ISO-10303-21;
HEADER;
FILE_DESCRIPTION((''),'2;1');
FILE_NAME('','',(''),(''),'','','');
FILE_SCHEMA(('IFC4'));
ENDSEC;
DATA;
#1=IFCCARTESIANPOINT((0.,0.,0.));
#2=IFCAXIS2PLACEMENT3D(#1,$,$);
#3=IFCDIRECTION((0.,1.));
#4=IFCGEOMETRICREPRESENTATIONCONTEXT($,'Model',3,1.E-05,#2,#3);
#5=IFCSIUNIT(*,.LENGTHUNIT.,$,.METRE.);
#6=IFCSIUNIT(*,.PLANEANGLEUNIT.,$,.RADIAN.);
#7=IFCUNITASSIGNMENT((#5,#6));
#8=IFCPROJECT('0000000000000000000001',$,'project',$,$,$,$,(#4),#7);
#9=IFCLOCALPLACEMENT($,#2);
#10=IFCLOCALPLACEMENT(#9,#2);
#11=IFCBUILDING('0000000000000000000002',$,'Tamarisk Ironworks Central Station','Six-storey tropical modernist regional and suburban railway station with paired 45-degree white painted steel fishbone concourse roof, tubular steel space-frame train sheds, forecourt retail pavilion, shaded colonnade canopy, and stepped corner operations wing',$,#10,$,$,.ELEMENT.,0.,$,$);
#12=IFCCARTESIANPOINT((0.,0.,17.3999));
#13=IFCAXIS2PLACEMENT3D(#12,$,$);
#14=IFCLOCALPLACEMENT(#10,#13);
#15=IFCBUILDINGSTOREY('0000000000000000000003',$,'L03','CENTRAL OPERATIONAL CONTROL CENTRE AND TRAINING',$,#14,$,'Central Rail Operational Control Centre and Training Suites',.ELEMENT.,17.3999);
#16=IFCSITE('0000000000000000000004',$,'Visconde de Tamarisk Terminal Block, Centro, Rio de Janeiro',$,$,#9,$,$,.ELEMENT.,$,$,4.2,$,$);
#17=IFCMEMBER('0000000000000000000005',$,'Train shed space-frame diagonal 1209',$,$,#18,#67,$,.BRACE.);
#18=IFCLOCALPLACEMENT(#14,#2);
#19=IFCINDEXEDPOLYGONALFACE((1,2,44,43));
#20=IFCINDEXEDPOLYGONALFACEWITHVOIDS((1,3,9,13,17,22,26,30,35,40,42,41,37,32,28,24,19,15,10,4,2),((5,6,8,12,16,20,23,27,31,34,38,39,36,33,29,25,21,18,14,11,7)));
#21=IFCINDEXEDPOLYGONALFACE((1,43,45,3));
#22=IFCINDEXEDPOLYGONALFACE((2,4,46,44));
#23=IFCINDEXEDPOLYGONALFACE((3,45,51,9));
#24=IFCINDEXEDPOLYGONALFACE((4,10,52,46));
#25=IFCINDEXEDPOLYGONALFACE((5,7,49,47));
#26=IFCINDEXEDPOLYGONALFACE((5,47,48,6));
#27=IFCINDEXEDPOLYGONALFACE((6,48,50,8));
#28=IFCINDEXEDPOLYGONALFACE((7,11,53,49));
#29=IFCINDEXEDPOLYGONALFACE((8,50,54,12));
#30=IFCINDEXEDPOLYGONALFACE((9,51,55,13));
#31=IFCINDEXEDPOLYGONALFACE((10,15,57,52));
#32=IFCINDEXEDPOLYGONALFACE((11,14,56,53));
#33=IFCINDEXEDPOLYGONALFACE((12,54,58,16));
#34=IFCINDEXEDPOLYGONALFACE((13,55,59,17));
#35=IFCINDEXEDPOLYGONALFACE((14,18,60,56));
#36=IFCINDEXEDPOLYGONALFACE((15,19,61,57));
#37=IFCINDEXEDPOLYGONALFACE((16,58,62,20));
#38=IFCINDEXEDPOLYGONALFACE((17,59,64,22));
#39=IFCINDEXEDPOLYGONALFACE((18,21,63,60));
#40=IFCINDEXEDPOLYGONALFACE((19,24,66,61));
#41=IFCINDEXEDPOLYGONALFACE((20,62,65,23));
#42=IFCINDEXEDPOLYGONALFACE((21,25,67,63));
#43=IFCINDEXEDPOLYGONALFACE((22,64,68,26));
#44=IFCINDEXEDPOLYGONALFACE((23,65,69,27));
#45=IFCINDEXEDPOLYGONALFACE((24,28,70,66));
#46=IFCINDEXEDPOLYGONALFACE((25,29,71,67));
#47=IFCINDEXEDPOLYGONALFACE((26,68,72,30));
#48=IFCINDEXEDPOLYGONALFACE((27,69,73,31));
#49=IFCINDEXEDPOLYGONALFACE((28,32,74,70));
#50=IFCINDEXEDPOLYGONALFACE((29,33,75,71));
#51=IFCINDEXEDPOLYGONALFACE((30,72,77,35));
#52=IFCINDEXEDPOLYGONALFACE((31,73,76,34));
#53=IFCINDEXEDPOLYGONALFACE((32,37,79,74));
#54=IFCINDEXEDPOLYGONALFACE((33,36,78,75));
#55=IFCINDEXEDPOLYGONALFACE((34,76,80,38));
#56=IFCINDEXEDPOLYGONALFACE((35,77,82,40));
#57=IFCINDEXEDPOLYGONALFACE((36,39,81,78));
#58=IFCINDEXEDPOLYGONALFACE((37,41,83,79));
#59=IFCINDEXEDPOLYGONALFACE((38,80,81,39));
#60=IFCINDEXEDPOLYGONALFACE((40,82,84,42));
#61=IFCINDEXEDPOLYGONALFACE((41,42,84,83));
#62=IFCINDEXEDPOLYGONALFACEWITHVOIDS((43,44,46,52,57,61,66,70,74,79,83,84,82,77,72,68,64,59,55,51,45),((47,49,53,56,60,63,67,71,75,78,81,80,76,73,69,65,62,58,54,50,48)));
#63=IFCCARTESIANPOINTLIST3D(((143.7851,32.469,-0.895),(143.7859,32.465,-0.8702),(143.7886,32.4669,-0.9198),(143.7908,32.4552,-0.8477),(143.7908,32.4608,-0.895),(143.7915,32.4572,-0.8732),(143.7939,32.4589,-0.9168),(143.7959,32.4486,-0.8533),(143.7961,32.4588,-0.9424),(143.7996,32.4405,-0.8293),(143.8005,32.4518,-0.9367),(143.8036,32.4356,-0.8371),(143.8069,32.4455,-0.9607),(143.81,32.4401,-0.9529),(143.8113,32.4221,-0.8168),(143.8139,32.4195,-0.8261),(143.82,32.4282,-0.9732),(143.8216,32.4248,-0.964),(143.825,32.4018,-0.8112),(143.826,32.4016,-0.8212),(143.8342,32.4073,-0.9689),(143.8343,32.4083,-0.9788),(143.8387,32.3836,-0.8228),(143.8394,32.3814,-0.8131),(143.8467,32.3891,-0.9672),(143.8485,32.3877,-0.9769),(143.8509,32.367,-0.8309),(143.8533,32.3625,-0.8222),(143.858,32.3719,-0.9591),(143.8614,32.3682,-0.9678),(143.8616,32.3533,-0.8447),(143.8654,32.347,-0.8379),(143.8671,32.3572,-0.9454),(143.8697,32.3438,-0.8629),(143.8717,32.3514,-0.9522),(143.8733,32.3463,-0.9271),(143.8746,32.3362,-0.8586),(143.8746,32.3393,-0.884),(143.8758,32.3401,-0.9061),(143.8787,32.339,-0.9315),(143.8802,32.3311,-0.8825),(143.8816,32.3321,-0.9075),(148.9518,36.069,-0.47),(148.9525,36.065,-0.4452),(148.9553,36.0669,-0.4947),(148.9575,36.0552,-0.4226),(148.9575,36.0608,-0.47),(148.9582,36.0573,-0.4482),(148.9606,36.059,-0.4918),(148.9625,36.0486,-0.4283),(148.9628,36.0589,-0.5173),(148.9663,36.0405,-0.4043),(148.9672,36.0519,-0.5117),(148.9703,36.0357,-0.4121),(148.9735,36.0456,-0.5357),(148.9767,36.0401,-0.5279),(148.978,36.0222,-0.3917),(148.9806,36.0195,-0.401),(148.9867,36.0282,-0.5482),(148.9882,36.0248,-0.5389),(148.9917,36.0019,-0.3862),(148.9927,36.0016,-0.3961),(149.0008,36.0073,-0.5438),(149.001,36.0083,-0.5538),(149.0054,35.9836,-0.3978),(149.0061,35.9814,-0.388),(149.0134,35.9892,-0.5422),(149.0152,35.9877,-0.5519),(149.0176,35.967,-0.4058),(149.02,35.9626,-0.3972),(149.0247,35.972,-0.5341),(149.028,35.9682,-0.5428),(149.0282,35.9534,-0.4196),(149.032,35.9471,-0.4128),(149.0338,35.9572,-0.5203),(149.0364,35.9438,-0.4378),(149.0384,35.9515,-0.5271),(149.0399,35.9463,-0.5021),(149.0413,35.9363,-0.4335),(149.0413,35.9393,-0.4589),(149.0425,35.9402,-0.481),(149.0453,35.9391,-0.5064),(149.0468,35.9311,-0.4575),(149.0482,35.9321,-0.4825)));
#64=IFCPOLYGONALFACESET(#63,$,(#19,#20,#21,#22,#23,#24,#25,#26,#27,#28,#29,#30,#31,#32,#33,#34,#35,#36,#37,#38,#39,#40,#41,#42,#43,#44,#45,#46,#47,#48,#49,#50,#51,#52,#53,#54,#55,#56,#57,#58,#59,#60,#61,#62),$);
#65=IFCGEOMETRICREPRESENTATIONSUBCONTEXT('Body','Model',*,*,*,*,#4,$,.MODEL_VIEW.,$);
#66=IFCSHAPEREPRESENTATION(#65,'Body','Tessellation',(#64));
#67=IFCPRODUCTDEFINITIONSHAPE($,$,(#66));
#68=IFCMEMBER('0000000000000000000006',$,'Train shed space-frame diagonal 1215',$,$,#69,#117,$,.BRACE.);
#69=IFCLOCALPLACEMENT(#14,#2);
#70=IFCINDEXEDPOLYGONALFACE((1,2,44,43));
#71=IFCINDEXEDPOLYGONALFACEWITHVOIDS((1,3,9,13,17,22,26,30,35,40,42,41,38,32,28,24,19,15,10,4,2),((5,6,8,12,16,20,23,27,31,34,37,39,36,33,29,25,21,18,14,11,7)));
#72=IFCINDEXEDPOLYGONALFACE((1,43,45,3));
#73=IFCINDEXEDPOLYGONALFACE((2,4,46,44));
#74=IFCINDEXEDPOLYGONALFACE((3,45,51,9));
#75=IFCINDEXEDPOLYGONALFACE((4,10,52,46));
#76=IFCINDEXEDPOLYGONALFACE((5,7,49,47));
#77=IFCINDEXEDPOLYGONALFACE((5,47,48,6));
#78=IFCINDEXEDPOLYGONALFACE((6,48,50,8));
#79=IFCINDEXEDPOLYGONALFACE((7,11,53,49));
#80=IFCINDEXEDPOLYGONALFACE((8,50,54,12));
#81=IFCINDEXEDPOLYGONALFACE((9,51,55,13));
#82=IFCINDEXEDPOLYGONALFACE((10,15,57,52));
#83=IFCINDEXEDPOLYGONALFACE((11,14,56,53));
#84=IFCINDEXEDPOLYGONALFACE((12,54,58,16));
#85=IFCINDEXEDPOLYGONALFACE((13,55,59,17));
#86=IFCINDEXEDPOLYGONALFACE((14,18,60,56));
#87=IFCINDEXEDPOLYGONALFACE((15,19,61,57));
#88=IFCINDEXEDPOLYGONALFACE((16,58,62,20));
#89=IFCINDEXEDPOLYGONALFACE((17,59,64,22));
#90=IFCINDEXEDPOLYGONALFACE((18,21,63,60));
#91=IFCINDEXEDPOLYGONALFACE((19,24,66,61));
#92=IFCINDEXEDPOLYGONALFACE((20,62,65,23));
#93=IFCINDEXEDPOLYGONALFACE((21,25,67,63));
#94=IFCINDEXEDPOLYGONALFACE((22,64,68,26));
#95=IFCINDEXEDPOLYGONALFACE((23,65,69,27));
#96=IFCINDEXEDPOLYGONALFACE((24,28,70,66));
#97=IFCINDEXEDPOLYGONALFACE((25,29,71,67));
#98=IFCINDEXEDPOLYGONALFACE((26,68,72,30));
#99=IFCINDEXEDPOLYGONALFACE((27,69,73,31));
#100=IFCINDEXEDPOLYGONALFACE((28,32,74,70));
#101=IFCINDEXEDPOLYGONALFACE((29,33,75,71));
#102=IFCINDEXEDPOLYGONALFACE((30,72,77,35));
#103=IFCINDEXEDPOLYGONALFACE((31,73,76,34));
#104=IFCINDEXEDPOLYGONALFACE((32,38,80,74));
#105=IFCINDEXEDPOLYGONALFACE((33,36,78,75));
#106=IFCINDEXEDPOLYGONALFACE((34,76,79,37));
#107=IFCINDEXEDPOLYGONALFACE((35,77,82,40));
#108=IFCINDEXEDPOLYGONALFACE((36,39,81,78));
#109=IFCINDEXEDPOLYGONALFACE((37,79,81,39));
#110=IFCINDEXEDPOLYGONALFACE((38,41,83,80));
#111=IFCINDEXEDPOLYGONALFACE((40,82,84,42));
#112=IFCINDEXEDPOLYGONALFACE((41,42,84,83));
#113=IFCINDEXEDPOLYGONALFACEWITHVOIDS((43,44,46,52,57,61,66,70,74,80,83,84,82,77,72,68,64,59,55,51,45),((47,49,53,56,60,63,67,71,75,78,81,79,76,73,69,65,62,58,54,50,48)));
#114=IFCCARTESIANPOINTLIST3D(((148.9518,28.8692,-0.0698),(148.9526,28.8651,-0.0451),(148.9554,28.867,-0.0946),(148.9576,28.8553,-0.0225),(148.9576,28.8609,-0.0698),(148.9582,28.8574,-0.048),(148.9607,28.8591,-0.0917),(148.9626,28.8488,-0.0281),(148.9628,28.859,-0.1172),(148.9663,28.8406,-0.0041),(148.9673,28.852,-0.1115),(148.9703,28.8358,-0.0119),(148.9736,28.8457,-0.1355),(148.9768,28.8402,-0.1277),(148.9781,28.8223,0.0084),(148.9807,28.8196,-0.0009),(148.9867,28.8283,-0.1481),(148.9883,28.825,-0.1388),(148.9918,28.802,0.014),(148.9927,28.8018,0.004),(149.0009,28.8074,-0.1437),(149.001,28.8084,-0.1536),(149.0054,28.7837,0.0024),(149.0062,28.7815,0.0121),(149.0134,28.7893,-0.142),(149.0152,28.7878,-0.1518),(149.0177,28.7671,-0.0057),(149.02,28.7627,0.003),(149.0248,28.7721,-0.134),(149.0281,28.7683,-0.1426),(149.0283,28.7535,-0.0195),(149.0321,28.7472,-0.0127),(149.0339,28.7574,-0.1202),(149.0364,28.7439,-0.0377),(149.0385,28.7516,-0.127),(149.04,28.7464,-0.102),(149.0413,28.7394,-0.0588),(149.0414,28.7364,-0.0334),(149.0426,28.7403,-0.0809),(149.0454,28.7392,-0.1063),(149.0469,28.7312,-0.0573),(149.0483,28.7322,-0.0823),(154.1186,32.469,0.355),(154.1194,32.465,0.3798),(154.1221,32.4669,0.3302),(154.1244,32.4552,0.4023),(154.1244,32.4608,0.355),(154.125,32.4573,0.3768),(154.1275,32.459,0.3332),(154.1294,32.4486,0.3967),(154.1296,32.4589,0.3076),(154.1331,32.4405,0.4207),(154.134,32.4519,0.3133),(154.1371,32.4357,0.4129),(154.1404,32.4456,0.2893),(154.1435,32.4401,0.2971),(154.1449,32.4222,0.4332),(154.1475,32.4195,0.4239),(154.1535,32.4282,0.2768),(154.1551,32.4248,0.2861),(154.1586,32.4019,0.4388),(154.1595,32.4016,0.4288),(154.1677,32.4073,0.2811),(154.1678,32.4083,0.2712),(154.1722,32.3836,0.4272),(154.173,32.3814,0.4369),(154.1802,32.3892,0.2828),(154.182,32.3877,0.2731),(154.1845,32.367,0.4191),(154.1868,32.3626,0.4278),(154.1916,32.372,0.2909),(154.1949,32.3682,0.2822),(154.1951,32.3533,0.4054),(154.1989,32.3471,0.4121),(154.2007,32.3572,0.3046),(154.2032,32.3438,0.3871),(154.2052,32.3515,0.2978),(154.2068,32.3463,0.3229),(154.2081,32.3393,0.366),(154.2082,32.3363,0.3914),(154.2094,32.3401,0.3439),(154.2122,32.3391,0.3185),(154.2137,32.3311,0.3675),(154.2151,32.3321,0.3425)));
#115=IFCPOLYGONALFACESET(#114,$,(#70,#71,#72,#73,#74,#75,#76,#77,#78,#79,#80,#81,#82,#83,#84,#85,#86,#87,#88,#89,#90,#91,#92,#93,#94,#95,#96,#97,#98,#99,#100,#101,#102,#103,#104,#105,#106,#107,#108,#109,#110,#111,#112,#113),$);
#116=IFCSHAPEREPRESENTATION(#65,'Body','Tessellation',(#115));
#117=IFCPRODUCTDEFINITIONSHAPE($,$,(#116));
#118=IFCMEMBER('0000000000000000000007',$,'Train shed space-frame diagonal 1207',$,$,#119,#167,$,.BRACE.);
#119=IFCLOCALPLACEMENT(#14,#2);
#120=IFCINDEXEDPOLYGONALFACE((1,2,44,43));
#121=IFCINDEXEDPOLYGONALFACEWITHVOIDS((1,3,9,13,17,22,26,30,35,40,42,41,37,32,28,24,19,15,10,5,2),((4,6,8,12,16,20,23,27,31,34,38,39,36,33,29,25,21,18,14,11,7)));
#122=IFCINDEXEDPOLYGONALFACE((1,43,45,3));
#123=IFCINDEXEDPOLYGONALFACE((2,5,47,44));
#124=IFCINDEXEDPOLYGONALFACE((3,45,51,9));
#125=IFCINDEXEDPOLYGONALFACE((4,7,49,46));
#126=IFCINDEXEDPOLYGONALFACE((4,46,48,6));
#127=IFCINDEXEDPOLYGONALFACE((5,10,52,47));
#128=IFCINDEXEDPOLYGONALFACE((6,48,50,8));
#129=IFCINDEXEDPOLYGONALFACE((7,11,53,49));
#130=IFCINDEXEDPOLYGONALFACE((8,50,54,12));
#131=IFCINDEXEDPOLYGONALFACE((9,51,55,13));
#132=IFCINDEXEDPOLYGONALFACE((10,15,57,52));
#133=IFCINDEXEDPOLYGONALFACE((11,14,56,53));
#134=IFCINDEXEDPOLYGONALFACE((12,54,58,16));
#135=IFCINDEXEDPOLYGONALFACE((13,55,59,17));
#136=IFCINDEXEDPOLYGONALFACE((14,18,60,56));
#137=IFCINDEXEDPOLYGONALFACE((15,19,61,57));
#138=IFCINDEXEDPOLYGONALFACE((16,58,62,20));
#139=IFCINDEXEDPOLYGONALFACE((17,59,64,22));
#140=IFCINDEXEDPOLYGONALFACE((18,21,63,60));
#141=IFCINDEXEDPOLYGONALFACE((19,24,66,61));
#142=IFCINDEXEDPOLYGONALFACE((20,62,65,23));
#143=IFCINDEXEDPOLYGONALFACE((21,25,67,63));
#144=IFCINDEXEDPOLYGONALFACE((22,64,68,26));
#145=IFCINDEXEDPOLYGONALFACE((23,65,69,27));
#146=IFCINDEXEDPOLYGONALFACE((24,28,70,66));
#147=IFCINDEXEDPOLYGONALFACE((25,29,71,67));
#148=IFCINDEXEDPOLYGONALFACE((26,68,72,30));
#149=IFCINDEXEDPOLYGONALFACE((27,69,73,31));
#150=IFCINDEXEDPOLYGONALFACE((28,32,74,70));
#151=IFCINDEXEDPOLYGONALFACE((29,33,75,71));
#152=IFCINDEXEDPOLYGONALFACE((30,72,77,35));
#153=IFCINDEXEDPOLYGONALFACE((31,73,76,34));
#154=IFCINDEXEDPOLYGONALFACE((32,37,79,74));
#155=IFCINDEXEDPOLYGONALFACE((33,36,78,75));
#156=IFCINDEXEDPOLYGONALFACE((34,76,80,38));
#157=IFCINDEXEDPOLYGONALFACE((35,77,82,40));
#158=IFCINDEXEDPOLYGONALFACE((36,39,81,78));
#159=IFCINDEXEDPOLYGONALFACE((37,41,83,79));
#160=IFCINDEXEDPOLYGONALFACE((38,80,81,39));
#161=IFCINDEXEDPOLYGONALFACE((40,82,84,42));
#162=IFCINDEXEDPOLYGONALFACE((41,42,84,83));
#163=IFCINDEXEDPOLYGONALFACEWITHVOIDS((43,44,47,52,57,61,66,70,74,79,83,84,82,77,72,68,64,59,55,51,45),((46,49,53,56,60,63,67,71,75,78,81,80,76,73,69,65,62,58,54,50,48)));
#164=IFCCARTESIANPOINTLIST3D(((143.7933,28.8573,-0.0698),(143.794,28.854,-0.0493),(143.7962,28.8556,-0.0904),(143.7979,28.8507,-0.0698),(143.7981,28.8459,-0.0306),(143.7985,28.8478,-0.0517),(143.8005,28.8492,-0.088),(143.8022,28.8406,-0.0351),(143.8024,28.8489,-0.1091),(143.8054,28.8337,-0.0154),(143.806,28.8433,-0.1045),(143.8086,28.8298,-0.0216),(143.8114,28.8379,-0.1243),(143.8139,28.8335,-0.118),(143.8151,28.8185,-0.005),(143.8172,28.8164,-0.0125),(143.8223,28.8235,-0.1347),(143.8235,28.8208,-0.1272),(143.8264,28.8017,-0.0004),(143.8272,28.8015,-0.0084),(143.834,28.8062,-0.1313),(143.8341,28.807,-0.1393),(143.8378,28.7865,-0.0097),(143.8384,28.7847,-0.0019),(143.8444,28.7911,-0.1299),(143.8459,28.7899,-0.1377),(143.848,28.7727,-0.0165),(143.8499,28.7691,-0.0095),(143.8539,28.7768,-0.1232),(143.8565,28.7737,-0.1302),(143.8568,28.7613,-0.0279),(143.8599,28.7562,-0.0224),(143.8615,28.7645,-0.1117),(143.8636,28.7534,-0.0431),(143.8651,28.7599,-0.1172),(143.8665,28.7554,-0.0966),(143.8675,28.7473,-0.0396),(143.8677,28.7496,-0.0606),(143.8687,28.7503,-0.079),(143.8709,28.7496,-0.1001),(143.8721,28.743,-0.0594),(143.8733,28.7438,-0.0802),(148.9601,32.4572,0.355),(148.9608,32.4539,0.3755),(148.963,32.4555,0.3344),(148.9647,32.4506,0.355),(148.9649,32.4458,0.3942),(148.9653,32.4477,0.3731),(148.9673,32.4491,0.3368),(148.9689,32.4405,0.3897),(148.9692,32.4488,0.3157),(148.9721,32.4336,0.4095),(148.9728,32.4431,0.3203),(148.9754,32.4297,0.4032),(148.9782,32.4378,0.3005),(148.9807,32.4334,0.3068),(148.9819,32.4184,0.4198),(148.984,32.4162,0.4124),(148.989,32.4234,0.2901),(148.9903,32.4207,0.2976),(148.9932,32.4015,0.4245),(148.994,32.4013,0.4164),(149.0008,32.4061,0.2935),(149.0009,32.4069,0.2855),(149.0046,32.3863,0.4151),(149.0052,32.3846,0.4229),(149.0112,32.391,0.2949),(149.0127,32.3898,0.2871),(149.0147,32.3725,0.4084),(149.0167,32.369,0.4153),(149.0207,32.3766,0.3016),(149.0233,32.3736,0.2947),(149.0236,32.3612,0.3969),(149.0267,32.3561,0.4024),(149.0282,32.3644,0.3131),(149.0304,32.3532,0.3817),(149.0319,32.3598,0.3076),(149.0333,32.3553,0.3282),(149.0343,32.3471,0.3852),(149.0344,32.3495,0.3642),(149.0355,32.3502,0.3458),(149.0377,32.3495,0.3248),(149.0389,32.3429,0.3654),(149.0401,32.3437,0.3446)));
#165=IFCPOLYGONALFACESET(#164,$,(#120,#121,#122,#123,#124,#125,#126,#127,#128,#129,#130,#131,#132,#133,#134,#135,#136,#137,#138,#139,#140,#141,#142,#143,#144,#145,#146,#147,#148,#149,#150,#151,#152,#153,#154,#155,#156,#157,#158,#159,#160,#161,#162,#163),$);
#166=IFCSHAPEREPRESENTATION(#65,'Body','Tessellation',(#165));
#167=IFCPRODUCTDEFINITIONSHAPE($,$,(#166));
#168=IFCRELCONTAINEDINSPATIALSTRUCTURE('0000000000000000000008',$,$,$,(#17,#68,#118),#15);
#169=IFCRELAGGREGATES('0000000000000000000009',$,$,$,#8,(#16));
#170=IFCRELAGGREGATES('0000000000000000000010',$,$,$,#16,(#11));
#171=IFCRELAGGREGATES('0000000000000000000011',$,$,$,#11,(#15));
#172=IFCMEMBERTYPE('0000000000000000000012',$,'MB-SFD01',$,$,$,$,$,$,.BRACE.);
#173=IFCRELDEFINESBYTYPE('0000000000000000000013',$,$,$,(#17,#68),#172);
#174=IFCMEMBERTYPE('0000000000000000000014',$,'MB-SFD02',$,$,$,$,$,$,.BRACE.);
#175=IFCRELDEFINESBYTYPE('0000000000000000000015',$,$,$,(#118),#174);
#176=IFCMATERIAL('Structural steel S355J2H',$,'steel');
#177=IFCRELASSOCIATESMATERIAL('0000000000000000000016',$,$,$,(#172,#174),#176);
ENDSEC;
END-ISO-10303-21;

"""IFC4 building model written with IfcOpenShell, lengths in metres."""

from ifc_helpers import new_model, si_unit, direction, frame, origin, origin_2d, place, context, subcontext, project, spatial, hollow_circle, extrude, material, material_profile, profile_set, type_object, element, save


model = new_model("IFC4")

# Units and contexts
model_context = context("Model", 3, precision=1e-05, world=origin(), true_north=direction((0.0, 1.0)))
body_context = subcontext(model_context, "Body", "Model", "MODEL_VIEW")
ifc_project = project(units=[si_unit("LENGTHUNIT", "METRE"), si_unit("PLANEANGLEUNIT", "RADIAN")], contexts=[model_context])

# Site, building, storey
site_placement = place(None, origin())
site = spatial("IfcSite", under=ifc_project, at=site_placement, Name="Visconde de Tamarisk Terminal Block, Centro, Rio de Janeiro", CompositionType="ELEMENT", RefElevation=4.2)
building_placement = place(site_placement, origin())
building = spatial("IfcBuilding", under=site, at=building_placement, Name="Tamarisk Ironworks Central Station", Description="Six-storey tropical modernist regional and suburban railway station with paired 45-degree white painted steel fishbone concourse roof, tubular steel space-frame train sheds, forecourt retail pavilion, shaded colonnade canopy, and stepped corner operations wing", CompositionType="ELEMENT", ElevationOfRefHeight=0.0)
storey_placement = place(building_placement, frame((0.0, 0.0, 17.3999)))
storey = spatial("IfcBuildingStorey", under=building, at=storey_placement, Name="L03", Description="CENTRAL OPERATIONAL CONTROL CENTRE AND TRAINING", LongName="Central Rail Operational Control Centre and Training Suites", CompositionType="ELEMENT", Elevation=17.3999)

# Members
ifc_material = material(Name="Structural steel S355J2H", Category="steel")
ifc_material_profile_1 = material_profile(ifc_material, hollow_circle(Radius=0.0842, WallThickness=0.01, at=origin_2d()), Name="CHS 168.3x10")
ifc_profile_set_1 = profile_set([ifc_material_profile_1], Name="Structural steel S355J2H")
member_type_1 = type_object("IfcMemberType", Name="MB-SFD01", PredefinedType="BRACE", material=ifc_profile_set_1)
for number, where, z_axis, x_axis, name in (
    (1, (143.8333, 32.3999, -0.895), (0.818608, 0.570391, 0.067344), (-0.571689, 0.82047, 0.0), "Train shed space-frame diagonal 1209"),
    (2, (149.0, 28.8, -0.0698), (0.818628, 0.570367, 0.067307), (-0.571663, 0.820489, 0.0), "Train shed space-frame diagonal 1215"),
):
    element("IfcMember", number, at=place(storey_placement, frame(where, z_axis=z_axis, x_axis=x_axis)), inside=storey, type_object=member_type_1, Name=name, PredefinedType="BRACE", context=body_context, shape_type="SweptSolid", body=[
        extrude(hollow_circle(Radius=0.0842, WallThickness=0.01, at=origin_2d()), origin(), (0.0, 0.0, 1.0), 6.3115),
    ])
ifc_material_profile_2 = material_profile(ifc_material, hollow_circle(Radius=0.0698, WallThickness=0.0081, at=origin_2d()), Name="CHS 139.7x8")
ifc_profile_set_2 = profile_set([ifc_material_profile_2], Name="Structural steel S355J2H")
member_type_2 = type_object("IfcMemberType", Name="MB-SFD02", PredefinedType="BRACE", material=ifc_profile_set_2)
for number, where, z_axis, x_axis, name in (
    (3, (143.8333, 28.8, -0.0698), (0.818628, 0.570367, 0.067307), (-0.571663, 0.820489, 0.0), "Train shed space-frame diagonal 1207"),
):
    element("IfcMember", number, at=place(storey_placement, frame(where, z_axis=z_axis, x_axis=x_axis)), inside=storey, type_object=member_type_2, Name=name, PredefinedType="BRACE", context=body_context, shape_type="SweptSolid", body=[
        extrude(hollow_circle(Radius=0.0698, WallThickness=0.0081, at=origin_2d()), origin(), (0.0, 0.0, 1.0), 6.3115),
    ])

save(model, "model.ifc")
